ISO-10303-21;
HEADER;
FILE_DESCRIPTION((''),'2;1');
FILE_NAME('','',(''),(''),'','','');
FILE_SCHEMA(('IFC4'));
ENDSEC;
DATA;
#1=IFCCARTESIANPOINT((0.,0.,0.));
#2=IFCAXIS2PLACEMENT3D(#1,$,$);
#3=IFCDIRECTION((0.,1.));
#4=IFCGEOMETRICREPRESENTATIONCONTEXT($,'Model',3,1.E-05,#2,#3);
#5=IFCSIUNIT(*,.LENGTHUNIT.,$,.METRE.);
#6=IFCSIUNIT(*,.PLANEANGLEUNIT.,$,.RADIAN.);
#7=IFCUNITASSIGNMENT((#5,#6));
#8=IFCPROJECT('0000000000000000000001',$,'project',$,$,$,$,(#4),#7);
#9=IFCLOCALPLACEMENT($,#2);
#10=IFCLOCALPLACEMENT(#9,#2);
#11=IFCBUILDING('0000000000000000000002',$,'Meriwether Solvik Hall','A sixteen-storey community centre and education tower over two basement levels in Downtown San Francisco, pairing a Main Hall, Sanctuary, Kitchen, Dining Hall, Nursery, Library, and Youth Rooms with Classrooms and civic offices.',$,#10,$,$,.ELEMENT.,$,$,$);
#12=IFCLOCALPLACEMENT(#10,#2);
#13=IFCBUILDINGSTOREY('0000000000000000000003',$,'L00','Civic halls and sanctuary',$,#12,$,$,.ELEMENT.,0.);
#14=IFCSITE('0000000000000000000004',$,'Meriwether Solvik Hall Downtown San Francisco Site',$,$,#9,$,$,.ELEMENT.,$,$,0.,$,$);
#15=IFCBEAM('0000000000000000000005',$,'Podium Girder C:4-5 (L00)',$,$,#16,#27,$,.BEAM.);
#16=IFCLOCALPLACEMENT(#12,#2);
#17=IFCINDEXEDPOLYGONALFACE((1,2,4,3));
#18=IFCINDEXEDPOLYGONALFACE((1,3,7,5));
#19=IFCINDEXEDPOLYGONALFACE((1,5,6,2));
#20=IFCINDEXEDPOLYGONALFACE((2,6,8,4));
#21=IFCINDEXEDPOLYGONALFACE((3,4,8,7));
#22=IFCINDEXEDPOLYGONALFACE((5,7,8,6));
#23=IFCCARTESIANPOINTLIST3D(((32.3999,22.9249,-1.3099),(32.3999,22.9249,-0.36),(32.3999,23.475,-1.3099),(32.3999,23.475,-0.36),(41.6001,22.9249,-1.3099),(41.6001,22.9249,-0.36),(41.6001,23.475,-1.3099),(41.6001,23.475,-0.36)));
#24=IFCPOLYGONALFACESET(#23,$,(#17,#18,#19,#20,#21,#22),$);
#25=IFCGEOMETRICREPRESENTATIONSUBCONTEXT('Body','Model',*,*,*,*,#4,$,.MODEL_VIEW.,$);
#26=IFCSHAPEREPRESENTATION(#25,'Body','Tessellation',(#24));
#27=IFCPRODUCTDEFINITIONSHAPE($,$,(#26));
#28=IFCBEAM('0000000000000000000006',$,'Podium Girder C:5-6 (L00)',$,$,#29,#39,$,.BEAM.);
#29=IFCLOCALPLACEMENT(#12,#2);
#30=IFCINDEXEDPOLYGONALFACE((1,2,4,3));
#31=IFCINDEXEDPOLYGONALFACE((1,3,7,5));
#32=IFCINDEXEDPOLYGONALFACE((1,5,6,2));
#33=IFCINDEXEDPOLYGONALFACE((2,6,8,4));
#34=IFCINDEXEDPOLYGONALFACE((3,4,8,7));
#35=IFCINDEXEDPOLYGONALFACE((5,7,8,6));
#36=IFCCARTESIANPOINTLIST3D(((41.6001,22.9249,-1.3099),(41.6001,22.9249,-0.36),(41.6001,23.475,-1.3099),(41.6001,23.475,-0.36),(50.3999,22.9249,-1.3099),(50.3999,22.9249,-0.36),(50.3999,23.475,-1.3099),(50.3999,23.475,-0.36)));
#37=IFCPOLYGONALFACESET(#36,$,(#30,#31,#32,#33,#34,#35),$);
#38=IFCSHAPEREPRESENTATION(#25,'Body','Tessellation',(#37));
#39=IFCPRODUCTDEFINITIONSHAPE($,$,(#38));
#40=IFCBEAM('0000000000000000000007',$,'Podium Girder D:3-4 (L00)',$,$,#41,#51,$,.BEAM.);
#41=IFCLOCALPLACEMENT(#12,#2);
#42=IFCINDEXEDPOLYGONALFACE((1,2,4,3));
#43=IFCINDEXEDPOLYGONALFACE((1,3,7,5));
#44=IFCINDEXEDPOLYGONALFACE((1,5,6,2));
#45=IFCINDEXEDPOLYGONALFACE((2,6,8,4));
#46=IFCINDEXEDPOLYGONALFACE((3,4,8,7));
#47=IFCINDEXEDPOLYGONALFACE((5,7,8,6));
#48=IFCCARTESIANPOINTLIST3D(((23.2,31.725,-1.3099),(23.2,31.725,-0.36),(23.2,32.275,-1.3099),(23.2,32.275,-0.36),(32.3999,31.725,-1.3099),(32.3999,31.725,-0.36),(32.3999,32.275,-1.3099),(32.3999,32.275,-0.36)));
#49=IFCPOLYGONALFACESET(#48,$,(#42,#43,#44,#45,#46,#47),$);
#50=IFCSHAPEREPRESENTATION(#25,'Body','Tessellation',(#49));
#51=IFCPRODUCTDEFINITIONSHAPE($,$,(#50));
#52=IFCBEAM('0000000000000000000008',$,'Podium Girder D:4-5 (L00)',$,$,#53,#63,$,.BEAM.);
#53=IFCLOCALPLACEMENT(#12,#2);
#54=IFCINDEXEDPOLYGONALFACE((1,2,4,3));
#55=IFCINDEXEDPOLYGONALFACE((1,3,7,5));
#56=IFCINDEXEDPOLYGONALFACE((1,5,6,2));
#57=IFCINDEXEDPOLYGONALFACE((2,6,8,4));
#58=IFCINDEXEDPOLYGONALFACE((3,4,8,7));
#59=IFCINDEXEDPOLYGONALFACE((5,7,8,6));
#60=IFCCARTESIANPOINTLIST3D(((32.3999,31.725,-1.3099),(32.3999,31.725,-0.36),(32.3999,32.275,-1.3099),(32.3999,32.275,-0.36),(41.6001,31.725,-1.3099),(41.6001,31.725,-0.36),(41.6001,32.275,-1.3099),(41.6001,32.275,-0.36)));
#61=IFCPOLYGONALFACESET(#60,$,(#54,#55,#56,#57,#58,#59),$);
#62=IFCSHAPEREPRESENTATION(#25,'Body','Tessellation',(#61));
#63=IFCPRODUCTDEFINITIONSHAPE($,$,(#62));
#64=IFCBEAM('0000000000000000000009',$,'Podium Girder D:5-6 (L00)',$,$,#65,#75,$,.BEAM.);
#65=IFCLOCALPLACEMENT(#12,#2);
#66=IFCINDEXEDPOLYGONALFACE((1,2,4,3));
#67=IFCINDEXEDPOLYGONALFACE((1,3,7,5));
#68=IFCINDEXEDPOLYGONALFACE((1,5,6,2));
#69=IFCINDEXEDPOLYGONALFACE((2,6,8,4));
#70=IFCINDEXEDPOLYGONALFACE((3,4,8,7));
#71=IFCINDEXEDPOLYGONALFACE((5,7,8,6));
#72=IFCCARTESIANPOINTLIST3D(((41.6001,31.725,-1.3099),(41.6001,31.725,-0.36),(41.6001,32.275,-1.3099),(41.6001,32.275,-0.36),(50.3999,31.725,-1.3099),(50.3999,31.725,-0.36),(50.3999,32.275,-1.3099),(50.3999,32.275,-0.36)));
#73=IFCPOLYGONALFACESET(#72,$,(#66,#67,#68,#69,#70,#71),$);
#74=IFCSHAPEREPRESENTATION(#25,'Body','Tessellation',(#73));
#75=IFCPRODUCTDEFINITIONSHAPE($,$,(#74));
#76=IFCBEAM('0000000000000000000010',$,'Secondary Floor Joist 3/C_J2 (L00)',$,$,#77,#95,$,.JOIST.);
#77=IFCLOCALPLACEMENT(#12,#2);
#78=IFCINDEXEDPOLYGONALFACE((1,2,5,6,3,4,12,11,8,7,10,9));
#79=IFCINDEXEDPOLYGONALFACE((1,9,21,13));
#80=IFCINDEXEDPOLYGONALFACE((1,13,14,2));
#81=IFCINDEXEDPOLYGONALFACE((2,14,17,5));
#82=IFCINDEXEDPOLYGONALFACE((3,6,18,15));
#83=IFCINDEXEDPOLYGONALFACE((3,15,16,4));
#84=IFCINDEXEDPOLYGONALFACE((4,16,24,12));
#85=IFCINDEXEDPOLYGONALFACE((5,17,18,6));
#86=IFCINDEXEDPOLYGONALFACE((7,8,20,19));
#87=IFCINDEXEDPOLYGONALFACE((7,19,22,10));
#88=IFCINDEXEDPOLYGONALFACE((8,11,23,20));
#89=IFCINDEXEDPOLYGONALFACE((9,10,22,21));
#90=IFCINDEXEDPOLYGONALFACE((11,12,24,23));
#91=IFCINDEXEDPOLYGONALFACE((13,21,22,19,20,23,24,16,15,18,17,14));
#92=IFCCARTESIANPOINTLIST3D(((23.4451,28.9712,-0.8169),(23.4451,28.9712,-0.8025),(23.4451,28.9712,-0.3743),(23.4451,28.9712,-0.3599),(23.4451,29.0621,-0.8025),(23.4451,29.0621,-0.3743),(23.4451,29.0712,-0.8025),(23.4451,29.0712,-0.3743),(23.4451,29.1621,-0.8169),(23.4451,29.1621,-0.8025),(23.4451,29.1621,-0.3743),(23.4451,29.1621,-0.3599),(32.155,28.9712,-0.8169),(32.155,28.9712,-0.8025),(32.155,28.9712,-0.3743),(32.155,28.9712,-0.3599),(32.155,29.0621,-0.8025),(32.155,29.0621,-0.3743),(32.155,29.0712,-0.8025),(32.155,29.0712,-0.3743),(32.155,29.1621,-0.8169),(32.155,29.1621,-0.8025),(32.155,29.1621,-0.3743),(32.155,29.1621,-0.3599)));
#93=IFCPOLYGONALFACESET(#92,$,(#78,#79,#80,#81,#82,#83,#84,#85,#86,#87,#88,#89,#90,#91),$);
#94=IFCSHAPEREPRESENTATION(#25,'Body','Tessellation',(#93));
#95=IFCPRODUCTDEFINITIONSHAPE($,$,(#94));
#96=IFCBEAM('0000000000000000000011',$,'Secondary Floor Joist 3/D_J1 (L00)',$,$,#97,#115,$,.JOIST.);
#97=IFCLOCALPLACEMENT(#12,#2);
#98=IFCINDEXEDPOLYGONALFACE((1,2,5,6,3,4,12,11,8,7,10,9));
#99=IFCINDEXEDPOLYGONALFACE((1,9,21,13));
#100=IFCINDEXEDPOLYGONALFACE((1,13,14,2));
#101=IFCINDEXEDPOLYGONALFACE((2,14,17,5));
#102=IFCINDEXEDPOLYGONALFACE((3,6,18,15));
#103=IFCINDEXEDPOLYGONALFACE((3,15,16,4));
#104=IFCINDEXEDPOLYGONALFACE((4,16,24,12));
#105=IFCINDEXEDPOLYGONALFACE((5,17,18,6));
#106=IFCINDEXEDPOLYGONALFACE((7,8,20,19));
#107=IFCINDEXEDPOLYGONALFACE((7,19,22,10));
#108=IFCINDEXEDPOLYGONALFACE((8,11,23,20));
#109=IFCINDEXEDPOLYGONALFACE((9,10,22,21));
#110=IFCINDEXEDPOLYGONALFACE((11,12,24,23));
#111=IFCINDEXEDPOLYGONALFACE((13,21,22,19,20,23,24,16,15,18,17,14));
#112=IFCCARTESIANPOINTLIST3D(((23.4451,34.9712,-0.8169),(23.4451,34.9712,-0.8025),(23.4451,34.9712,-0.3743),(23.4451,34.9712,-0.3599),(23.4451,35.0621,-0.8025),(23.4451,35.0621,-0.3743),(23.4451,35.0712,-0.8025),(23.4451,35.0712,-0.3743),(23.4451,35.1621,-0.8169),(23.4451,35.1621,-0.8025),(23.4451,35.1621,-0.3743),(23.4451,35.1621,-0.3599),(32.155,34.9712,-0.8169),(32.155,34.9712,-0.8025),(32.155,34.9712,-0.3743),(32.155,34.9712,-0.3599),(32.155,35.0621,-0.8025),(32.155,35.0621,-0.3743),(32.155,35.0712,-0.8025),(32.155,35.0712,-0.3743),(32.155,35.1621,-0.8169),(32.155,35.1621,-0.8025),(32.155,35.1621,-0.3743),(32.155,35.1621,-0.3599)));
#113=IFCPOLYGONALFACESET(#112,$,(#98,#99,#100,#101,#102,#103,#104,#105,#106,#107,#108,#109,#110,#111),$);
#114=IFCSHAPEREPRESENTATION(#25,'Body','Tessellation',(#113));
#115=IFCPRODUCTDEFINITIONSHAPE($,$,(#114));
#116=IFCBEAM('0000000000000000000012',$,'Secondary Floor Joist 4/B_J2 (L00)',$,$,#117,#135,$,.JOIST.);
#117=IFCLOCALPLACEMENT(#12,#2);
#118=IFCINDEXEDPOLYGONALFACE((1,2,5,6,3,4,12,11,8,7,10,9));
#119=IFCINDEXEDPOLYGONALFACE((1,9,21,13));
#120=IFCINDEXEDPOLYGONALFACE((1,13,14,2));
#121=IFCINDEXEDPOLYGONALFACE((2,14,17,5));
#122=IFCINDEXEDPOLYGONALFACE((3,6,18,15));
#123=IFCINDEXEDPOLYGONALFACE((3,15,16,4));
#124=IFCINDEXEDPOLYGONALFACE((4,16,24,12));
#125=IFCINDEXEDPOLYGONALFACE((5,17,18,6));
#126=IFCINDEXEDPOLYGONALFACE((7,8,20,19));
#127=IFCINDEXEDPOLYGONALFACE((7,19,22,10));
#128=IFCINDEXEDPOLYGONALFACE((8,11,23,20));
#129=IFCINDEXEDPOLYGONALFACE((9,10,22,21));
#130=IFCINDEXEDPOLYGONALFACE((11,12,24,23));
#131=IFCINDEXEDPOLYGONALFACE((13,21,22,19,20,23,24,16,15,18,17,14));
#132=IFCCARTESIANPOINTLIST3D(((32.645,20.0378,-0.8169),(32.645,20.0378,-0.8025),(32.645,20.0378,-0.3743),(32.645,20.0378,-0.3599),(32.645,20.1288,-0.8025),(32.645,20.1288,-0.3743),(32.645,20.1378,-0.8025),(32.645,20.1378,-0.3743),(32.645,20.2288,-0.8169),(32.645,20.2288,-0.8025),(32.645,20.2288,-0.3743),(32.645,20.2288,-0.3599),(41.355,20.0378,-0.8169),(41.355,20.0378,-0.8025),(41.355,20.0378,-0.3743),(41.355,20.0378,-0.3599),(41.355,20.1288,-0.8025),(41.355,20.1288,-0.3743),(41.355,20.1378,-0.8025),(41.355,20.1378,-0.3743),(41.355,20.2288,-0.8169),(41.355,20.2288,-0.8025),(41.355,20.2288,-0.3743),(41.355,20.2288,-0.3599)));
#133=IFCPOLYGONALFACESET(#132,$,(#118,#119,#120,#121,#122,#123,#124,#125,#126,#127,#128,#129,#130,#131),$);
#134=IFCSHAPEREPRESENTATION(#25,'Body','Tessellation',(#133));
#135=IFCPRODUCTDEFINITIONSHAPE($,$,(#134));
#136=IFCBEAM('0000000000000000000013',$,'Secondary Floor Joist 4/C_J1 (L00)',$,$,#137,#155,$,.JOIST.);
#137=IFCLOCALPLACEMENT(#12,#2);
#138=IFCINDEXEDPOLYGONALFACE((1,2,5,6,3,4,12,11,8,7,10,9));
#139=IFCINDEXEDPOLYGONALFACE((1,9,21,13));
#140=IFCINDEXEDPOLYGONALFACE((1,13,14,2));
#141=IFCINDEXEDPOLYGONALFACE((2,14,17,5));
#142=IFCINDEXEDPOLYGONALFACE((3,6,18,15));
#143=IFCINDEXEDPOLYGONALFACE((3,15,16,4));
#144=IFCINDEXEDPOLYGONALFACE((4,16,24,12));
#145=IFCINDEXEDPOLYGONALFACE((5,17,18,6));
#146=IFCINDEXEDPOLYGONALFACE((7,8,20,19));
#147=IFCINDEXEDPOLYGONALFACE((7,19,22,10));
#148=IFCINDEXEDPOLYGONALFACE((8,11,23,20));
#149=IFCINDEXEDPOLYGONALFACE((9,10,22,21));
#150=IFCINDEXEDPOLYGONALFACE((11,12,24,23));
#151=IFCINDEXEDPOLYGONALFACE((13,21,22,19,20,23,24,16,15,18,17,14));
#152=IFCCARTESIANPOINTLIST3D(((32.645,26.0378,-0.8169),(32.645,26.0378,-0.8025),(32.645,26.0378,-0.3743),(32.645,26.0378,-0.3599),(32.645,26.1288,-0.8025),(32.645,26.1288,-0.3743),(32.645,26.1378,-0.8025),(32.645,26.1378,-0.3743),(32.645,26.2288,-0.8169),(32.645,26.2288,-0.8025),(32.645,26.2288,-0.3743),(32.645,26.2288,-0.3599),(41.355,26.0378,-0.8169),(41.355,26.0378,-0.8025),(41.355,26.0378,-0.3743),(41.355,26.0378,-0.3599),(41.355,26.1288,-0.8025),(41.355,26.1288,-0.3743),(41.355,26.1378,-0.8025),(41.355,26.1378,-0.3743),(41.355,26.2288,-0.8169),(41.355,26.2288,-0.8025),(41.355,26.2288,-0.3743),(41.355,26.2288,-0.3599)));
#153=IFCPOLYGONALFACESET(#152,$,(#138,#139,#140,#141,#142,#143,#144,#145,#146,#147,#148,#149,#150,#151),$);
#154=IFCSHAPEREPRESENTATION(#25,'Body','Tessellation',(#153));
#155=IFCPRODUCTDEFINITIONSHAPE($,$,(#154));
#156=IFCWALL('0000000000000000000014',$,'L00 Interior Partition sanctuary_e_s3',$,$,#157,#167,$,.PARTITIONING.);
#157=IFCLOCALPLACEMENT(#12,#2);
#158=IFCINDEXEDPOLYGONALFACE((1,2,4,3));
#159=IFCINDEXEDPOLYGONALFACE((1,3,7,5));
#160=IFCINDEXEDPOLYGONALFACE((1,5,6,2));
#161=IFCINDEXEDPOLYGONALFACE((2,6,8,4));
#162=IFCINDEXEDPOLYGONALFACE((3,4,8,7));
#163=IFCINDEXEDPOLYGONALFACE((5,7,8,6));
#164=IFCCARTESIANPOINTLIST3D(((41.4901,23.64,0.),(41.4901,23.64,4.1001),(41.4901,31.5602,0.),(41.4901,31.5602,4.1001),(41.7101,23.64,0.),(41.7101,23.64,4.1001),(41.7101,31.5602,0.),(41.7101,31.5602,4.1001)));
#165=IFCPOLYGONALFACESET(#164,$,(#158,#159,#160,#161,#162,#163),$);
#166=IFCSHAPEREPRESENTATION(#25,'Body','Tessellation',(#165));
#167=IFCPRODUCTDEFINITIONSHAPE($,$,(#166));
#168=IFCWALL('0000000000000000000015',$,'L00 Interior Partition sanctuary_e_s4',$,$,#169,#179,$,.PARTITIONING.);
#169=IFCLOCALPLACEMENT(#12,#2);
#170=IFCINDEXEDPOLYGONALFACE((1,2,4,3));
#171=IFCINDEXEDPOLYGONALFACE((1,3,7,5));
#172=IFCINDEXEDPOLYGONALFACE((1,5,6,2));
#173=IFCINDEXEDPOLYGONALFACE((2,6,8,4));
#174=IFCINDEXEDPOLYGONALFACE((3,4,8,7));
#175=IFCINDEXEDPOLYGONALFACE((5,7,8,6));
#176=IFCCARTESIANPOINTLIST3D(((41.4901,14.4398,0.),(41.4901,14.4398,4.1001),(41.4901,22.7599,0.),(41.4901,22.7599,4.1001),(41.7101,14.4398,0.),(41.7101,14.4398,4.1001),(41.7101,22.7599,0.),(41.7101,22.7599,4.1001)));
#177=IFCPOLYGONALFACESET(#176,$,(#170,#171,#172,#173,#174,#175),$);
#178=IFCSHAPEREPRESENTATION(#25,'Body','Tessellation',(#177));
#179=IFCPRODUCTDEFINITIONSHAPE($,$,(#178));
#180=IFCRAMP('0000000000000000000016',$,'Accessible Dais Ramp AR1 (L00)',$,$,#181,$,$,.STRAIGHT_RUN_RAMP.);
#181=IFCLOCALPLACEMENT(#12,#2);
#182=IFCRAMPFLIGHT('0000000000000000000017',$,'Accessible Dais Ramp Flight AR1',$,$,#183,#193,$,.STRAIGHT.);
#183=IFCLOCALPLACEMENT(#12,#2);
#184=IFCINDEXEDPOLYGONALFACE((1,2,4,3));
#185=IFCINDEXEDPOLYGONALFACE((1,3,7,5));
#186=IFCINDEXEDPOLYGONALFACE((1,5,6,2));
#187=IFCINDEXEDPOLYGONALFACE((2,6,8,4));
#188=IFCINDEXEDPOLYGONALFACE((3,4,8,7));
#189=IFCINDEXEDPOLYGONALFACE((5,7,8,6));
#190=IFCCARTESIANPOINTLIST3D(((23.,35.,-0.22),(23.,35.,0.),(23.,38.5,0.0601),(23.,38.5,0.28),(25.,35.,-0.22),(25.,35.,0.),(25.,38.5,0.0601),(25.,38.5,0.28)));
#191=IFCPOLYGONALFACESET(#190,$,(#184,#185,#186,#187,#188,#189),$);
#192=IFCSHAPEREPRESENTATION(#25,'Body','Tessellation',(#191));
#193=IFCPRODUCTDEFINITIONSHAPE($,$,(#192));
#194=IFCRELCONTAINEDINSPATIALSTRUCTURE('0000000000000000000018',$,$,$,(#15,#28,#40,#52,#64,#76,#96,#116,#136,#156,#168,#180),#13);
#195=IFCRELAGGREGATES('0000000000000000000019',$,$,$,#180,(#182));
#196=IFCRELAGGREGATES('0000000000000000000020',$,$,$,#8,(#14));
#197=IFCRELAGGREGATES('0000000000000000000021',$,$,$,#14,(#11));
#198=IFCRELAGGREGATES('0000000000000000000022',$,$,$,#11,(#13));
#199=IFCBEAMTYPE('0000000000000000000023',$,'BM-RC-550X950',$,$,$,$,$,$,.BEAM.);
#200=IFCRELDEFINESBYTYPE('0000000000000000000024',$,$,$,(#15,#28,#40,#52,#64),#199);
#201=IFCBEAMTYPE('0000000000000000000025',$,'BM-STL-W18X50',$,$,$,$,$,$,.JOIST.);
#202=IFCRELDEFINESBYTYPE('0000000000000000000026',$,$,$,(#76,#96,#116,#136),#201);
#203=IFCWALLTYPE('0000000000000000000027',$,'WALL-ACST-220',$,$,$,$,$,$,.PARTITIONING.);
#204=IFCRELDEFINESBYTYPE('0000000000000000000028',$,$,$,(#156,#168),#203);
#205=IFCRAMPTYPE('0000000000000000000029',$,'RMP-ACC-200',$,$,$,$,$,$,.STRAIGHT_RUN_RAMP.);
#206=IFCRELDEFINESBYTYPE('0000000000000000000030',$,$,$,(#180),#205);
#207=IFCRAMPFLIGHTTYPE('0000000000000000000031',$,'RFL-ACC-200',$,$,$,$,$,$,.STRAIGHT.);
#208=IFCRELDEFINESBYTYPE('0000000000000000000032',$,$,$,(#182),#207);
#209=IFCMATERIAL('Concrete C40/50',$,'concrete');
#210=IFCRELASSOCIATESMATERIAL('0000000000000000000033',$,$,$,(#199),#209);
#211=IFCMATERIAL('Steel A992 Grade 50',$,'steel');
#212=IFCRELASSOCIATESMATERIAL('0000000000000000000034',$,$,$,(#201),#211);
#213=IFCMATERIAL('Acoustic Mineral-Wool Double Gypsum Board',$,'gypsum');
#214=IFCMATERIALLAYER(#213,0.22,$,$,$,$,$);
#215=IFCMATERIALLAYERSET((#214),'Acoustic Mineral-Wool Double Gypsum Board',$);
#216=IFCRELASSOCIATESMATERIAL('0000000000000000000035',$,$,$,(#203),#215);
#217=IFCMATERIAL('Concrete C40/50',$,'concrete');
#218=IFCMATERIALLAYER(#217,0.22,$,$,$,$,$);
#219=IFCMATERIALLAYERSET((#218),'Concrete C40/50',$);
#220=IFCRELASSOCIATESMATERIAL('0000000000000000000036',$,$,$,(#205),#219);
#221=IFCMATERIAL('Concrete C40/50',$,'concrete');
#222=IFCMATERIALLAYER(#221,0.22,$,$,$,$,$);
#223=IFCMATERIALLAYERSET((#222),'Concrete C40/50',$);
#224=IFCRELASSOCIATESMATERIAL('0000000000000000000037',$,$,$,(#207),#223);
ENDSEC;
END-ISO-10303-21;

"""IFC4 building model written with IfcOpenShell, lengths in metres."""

from ifc_helpers import new_model, si_unit, direction, frame, frame_2d, origin, origin_2d, place, context, subcontext, project, spatial, polyline, rectangle, i_section, outline, extrude, material, layer, layer_set, material_profile, profile_set, type_object, element, aggregate, save


model = new_model("IFC4")

# Units and contexts
model_context = context("Model", 3, precision=1e-05, world=origin(), true_north=direction((0.0, 1.0)))
body_context = subcontext(model_context, "Body", "Model", "MODEL_VIEW")
ifc_project = project(units=[si_unit("LENGTHUNIT", "METRE"), si_unit("PLANEANGLEUNIT", "RADIAN")], contexts=[model_context])

# Site, building, storey
site_placement = place(None, origin())
site = spatial("IfcSite", under=ifc_project, at=site_placement, Name="Meriwether Solvik Hall Downtown San Francisco Site", CompositionType="ELEMENT", RefElevation=0.0)
building_placement = place(site_placement, origin())
building = spatial("IfcBuilding", under=site, at=building_placement, Name="Meriwether Solvik Hall", Description="A sixteen-storey community centre and education tower over two basement levels in Downtown San Francisco, pairing a Main Hall, Sanctuary, Kitchen, Dining Hall, Nursery, Library, and Youth Rooms with Classrooms and civic offices.", CompositionType="ELEMENT")
storey_placement = place(building_placement, origin())
storey = spatial("IfcBuildingStorey", under=building, at=storey_placement, Name="L00", Description="Civic halls and sanctuary", CompositionType="ELEMENT", Elevation=0.0)

# Beams
ifc_material_1 = material(Name="Concrete C40/50", Category="concrete")
ifc_material_profile_1 = material_profile(ifc_material_1, rectangle(XDim=0.55, YDim=0.95, at=origin_2d()), Name="RCB-550X950")
ifc_profile_set_1 = profile_set([ifc_material_profile_1], Name="Concrete C40/50")
beam_type_1 = type_object("IfcBeamType", Name="BM-RC-550X950", PredefinedType="BEAM", material=ifc_profile_set_1)
beam_1_placement = place(storey_placement, frame((32.3999, 23.2, -0.835), z_axis=(1.0, 0.0, 0.0), x_axis=(0.0, 1.0, 0.0)))
element("IfcBeam", 1, at=beam_1_placement, inside=storey, type_object=beam_type_1, Name="Podium Girder C:4-5 (L00)", PredefinedType="BEAM", context=body_context, shape_type="SweptSolid", body=[
    extrude(rectangle(XDim=0.55, YDim=0.95, at=origin_2d()), origin(), (0.0, 0.0, 1.0), 9.2002),
])
beam_2_placement = place(storey_placement, frame((41.6001, 23.2, -0.835), z_axis=(1.0, 0.0, 0.0), x_axis=(0.0, 1.0, 0.0)))
element("IfcBeam", 2, at=beam_2_placement, inside=storey, type_object=beam_type_1, Name="Podium Girder C:5-6 (L00)", PredefinedType="BEAM", context=body_context, shape_type="SweptSolid", body=[
    extrude(rectangle(XDim=0.55, YDim=0.95, at=origin_2d()), origin(), (0.0, 0.0, 1.0), 8.7998),
])
beam_3_placement = place(storey_placement, frame((23.2, 32.0, -0.835), z_axis=(1.0, 0.0, 0.0), x_axis=(0.0, 1.0, 0.0)))
element("IfcBeam", 3, at=beam_3_placement, inside=storey, type_object=beam_type_1, Name="Podium Girder D:3-4 (L00)", PredefinedType="BEAM", context=body_context, shape_type="SweptSolid", body=[
    extrude(rectangle(XDim=0.55, YDim=0.95, at=origin_2d()), origin(), (0.0, 0.0, 1.0), 9.2),
])
beam_4_placement = place(storey_placement, frame((32.3999, 32.0, -0.835), z_axis=(1.0, 0.0, 0.0), x_axis=(0.0, 1.0, 0.0)))
element("IfcBeam", 4, at=beam_4_placement, inside=storey, type_object=beam_type_1, Name="Podium Girder D:4-5 (L00)", PredefinedType="BEAM", context=body_context, shape_type="SweptSolid", body=[
    extrude(rectangle(XDim=0.55, YDim=0.95, at=origin_2d()), origin(), (0.0, 0.0, 1.0), 9.2002),
])
beam_5_placement = place(storey_placement, frame((41.6001, 32.0, -0.835), z_axis=(1.0, 0.0, 0.0), x_axis=(0.0, 1.0, 0.0)))
element("IfcBeam", 5, at=beam_5_placement, inside=storey, type_object=beam_type_1, Name="Podium Girder D:5-6 (L00)", PredefinedType="BEAM", context=body_context, shape_type="SweptSolid", body=[
    extrude(rectangle(XDim=0.55, YDim=0.95, at=origin_2d()), origin(), (0.0, 0.0, 1.0), 8.7998),
])
ifc_material_2 = material(Name="Steel A992 Grade 50", Category="steel")
ifc_material_profile_2 = material_profile(ifc_material_2, i_section(OverallWidth=0.1909, OverallDepth=0.457, WebThickness=0.009, FlangeThickness=0.0144, at=origin_2d()), Name="W18X50")
ifc_profile_set_2 = profile_set([ifc_material_profile_2], Name="Steel A992 Grade 50")
beam_type_2 = type_object("IfcBeamType", Name="BM-STL-W18X50", PredefinedType="JOIST", material=ifc_profile_set_2)
for number, where, z_axis, x_axis, name in (
    (6, (23.4451, 29.0667, -0.5884), (1.0, 0.0, 0.0), (0.0, 1.0, 0.0), "Secondary Floor Joist 3/C_J2 (L00)"),
    (7, (23.4451, 35.0667, -0.5884), (1.0, 0.0, 0.0), (0.0, 1.0, 0.0), "Secondary Floor Joist 3/D_J1 (L00)"),
    (8, (32.645, 20.1333, -0.5884), (1.0, 0.0, 0.0), (0.0, 1.0, 0.0), "Secondary Floor Joist 4/B_J2 (L00)"),
    (9, (32.645, 26.1333, -0.5884), (1.0, 0.0, 0.0), (0.0, 1.0, 0.0), "Secondary Floor Joist 4/C_J1 (L00)"),
):
    element("IfcBeam", number, at=place(storey_placement, frame(where, z_axis=z_axis, x_axis=x_axis)), inside=storey, type_object=beam_type_2, Name=name, PredefinedType="JOIST", context=body_context, shape_type="SweptSolid", body=[
        extrude(i_section(OverallWidth=0.1909, OverallDepth=0.457, WebThickness=0.009, FlangeThickness=0.0144, at=origin_2d()), origin(), (0.0, 0.0, 1.0), 8.71),
    ])

# Walls
ifc_material_3 = material(Name="Acoustic Mineral-Wool Double Gypsum Board", Category="gypsum")
ifc_layer_1 = layer(ifc_material_3, 0.22)
ifc_layer_set_1 = layer_set([ifc_layer_1], Name="Acoustic Mineral-Wool Double Gypsum Board")
wall_type = type_object("IfcWallType", Name="WALL-ACST-220", PredefinedType="PARTITIONING", material=ifc_layer_set_1)
wall_1_placement = place(storey_placement, frame((41.6001, 31.5601, 0.0), z_axis=(0.0, 0.0, 1.0), x_axis=(0.0, -1.0, 0.0)))
element("IfcWall", 10, at=wall_1_placement, inside=storey, type_object=wall_type, Name="L00 Interior Partition sanctuary_e_s3", PredefinedType="PARTITIONING", context=body_context, shape_type="SweptSolid", body=[
    extrude(rectangle(XDim=7.9202, YDim=0.22, at=frame_2d((3.96, 0.0))), origin(), (0.0, 0.0, 1.0), 4.1001),
])
wall_2_placement = place(storey_placement, frame((41.6001, 22.76, 0.0), z_axis=(0.0, 0.0, 1.0), x_axis=(0.0, -1.0, 0.0)))
element("IfcWall", 11, at=wall_2_placement, inside=storey, type_object=wall_type, Name="L00 Interior Partition sanctuary_e_s4", PredefinedType="PARTITIONING", context=body_context, shape_type="SweptSolid", body=[
    extrude(rectangle(XDim=8.3201, YDim=0.22, at=frame_2d((4.1602, 0.0))), origin(), (0.0, 0.0, 1.0), 4.1001),
])

# Ramp, ramp flight
ifc_material_4 = material(Name="Concrete C40/50", Category="concrete")
ifc_layer_2 = layer(ifc_material_4, 0.22)
ifc_layer_set_2 = layer_set([ifc_layer_2], Name="Concrete C40/50")
ramp_type = type_object("IfcRampType", Name="RMP-ACC-200", PredefinedType="STRAIGHT_RUN_RAMP", material=ifc_layer_set_2)
ramp_placement = place(storey_placement, origin())
ramp = element("IfcRamp", 12, at=ramp_placement, inside=storey, type_object=ramp_type, Name="Accessible Dais Ramp AR1 (L00)", PredefinedType="STRAIGHT_RUN_RAMP")
ifc_material_5 = material(Name="Concrete C40/50", Category="concrete")
ifc_layer_3 = layer(ifc_material_5, 0.22)
ifc_layer_set_3 = layer_set([ifc_layer_3], Name="Concrete C40/50")
ramp_flight_type = type_object("IfcRampFlightType", Name="RFL-ACC-200", PredefinedType="STRAIGHT", material=ifc_layer_set_3)
ramp_flight_placement = place(storey_placement, frame((24.0, 35.0, 0.0), z_axis=(0.0, 0.0, 1.0), x_axis=(0.0, 1.0, 0.0)))
ramp_flight = element("IfcRampFlight", 13, at=ramp_flight_placement, type_object=ramp_flight_type, Name="Accessible Dais Ramp Flight AR1", PredefinedType="STRAIGHT", context=body_context, shape_type="SweptSolid", body=[
    extrude(outline(polyline([(0.0, 0.0), (3.5, 0.28), (3.5, 0.0601), (0.0, -0.22), (0.0, 0.0)])), frame((0.0, 1.0, 0.0), z_axis=(0.0, -1.0, 0.0), x_axis=(1.0, 0.0, 0.0)), (0.0, 0.0, 1.0), 2.0),
])
aggregate(ramp, [ramp_flight])

save(model, "model.ifc")
